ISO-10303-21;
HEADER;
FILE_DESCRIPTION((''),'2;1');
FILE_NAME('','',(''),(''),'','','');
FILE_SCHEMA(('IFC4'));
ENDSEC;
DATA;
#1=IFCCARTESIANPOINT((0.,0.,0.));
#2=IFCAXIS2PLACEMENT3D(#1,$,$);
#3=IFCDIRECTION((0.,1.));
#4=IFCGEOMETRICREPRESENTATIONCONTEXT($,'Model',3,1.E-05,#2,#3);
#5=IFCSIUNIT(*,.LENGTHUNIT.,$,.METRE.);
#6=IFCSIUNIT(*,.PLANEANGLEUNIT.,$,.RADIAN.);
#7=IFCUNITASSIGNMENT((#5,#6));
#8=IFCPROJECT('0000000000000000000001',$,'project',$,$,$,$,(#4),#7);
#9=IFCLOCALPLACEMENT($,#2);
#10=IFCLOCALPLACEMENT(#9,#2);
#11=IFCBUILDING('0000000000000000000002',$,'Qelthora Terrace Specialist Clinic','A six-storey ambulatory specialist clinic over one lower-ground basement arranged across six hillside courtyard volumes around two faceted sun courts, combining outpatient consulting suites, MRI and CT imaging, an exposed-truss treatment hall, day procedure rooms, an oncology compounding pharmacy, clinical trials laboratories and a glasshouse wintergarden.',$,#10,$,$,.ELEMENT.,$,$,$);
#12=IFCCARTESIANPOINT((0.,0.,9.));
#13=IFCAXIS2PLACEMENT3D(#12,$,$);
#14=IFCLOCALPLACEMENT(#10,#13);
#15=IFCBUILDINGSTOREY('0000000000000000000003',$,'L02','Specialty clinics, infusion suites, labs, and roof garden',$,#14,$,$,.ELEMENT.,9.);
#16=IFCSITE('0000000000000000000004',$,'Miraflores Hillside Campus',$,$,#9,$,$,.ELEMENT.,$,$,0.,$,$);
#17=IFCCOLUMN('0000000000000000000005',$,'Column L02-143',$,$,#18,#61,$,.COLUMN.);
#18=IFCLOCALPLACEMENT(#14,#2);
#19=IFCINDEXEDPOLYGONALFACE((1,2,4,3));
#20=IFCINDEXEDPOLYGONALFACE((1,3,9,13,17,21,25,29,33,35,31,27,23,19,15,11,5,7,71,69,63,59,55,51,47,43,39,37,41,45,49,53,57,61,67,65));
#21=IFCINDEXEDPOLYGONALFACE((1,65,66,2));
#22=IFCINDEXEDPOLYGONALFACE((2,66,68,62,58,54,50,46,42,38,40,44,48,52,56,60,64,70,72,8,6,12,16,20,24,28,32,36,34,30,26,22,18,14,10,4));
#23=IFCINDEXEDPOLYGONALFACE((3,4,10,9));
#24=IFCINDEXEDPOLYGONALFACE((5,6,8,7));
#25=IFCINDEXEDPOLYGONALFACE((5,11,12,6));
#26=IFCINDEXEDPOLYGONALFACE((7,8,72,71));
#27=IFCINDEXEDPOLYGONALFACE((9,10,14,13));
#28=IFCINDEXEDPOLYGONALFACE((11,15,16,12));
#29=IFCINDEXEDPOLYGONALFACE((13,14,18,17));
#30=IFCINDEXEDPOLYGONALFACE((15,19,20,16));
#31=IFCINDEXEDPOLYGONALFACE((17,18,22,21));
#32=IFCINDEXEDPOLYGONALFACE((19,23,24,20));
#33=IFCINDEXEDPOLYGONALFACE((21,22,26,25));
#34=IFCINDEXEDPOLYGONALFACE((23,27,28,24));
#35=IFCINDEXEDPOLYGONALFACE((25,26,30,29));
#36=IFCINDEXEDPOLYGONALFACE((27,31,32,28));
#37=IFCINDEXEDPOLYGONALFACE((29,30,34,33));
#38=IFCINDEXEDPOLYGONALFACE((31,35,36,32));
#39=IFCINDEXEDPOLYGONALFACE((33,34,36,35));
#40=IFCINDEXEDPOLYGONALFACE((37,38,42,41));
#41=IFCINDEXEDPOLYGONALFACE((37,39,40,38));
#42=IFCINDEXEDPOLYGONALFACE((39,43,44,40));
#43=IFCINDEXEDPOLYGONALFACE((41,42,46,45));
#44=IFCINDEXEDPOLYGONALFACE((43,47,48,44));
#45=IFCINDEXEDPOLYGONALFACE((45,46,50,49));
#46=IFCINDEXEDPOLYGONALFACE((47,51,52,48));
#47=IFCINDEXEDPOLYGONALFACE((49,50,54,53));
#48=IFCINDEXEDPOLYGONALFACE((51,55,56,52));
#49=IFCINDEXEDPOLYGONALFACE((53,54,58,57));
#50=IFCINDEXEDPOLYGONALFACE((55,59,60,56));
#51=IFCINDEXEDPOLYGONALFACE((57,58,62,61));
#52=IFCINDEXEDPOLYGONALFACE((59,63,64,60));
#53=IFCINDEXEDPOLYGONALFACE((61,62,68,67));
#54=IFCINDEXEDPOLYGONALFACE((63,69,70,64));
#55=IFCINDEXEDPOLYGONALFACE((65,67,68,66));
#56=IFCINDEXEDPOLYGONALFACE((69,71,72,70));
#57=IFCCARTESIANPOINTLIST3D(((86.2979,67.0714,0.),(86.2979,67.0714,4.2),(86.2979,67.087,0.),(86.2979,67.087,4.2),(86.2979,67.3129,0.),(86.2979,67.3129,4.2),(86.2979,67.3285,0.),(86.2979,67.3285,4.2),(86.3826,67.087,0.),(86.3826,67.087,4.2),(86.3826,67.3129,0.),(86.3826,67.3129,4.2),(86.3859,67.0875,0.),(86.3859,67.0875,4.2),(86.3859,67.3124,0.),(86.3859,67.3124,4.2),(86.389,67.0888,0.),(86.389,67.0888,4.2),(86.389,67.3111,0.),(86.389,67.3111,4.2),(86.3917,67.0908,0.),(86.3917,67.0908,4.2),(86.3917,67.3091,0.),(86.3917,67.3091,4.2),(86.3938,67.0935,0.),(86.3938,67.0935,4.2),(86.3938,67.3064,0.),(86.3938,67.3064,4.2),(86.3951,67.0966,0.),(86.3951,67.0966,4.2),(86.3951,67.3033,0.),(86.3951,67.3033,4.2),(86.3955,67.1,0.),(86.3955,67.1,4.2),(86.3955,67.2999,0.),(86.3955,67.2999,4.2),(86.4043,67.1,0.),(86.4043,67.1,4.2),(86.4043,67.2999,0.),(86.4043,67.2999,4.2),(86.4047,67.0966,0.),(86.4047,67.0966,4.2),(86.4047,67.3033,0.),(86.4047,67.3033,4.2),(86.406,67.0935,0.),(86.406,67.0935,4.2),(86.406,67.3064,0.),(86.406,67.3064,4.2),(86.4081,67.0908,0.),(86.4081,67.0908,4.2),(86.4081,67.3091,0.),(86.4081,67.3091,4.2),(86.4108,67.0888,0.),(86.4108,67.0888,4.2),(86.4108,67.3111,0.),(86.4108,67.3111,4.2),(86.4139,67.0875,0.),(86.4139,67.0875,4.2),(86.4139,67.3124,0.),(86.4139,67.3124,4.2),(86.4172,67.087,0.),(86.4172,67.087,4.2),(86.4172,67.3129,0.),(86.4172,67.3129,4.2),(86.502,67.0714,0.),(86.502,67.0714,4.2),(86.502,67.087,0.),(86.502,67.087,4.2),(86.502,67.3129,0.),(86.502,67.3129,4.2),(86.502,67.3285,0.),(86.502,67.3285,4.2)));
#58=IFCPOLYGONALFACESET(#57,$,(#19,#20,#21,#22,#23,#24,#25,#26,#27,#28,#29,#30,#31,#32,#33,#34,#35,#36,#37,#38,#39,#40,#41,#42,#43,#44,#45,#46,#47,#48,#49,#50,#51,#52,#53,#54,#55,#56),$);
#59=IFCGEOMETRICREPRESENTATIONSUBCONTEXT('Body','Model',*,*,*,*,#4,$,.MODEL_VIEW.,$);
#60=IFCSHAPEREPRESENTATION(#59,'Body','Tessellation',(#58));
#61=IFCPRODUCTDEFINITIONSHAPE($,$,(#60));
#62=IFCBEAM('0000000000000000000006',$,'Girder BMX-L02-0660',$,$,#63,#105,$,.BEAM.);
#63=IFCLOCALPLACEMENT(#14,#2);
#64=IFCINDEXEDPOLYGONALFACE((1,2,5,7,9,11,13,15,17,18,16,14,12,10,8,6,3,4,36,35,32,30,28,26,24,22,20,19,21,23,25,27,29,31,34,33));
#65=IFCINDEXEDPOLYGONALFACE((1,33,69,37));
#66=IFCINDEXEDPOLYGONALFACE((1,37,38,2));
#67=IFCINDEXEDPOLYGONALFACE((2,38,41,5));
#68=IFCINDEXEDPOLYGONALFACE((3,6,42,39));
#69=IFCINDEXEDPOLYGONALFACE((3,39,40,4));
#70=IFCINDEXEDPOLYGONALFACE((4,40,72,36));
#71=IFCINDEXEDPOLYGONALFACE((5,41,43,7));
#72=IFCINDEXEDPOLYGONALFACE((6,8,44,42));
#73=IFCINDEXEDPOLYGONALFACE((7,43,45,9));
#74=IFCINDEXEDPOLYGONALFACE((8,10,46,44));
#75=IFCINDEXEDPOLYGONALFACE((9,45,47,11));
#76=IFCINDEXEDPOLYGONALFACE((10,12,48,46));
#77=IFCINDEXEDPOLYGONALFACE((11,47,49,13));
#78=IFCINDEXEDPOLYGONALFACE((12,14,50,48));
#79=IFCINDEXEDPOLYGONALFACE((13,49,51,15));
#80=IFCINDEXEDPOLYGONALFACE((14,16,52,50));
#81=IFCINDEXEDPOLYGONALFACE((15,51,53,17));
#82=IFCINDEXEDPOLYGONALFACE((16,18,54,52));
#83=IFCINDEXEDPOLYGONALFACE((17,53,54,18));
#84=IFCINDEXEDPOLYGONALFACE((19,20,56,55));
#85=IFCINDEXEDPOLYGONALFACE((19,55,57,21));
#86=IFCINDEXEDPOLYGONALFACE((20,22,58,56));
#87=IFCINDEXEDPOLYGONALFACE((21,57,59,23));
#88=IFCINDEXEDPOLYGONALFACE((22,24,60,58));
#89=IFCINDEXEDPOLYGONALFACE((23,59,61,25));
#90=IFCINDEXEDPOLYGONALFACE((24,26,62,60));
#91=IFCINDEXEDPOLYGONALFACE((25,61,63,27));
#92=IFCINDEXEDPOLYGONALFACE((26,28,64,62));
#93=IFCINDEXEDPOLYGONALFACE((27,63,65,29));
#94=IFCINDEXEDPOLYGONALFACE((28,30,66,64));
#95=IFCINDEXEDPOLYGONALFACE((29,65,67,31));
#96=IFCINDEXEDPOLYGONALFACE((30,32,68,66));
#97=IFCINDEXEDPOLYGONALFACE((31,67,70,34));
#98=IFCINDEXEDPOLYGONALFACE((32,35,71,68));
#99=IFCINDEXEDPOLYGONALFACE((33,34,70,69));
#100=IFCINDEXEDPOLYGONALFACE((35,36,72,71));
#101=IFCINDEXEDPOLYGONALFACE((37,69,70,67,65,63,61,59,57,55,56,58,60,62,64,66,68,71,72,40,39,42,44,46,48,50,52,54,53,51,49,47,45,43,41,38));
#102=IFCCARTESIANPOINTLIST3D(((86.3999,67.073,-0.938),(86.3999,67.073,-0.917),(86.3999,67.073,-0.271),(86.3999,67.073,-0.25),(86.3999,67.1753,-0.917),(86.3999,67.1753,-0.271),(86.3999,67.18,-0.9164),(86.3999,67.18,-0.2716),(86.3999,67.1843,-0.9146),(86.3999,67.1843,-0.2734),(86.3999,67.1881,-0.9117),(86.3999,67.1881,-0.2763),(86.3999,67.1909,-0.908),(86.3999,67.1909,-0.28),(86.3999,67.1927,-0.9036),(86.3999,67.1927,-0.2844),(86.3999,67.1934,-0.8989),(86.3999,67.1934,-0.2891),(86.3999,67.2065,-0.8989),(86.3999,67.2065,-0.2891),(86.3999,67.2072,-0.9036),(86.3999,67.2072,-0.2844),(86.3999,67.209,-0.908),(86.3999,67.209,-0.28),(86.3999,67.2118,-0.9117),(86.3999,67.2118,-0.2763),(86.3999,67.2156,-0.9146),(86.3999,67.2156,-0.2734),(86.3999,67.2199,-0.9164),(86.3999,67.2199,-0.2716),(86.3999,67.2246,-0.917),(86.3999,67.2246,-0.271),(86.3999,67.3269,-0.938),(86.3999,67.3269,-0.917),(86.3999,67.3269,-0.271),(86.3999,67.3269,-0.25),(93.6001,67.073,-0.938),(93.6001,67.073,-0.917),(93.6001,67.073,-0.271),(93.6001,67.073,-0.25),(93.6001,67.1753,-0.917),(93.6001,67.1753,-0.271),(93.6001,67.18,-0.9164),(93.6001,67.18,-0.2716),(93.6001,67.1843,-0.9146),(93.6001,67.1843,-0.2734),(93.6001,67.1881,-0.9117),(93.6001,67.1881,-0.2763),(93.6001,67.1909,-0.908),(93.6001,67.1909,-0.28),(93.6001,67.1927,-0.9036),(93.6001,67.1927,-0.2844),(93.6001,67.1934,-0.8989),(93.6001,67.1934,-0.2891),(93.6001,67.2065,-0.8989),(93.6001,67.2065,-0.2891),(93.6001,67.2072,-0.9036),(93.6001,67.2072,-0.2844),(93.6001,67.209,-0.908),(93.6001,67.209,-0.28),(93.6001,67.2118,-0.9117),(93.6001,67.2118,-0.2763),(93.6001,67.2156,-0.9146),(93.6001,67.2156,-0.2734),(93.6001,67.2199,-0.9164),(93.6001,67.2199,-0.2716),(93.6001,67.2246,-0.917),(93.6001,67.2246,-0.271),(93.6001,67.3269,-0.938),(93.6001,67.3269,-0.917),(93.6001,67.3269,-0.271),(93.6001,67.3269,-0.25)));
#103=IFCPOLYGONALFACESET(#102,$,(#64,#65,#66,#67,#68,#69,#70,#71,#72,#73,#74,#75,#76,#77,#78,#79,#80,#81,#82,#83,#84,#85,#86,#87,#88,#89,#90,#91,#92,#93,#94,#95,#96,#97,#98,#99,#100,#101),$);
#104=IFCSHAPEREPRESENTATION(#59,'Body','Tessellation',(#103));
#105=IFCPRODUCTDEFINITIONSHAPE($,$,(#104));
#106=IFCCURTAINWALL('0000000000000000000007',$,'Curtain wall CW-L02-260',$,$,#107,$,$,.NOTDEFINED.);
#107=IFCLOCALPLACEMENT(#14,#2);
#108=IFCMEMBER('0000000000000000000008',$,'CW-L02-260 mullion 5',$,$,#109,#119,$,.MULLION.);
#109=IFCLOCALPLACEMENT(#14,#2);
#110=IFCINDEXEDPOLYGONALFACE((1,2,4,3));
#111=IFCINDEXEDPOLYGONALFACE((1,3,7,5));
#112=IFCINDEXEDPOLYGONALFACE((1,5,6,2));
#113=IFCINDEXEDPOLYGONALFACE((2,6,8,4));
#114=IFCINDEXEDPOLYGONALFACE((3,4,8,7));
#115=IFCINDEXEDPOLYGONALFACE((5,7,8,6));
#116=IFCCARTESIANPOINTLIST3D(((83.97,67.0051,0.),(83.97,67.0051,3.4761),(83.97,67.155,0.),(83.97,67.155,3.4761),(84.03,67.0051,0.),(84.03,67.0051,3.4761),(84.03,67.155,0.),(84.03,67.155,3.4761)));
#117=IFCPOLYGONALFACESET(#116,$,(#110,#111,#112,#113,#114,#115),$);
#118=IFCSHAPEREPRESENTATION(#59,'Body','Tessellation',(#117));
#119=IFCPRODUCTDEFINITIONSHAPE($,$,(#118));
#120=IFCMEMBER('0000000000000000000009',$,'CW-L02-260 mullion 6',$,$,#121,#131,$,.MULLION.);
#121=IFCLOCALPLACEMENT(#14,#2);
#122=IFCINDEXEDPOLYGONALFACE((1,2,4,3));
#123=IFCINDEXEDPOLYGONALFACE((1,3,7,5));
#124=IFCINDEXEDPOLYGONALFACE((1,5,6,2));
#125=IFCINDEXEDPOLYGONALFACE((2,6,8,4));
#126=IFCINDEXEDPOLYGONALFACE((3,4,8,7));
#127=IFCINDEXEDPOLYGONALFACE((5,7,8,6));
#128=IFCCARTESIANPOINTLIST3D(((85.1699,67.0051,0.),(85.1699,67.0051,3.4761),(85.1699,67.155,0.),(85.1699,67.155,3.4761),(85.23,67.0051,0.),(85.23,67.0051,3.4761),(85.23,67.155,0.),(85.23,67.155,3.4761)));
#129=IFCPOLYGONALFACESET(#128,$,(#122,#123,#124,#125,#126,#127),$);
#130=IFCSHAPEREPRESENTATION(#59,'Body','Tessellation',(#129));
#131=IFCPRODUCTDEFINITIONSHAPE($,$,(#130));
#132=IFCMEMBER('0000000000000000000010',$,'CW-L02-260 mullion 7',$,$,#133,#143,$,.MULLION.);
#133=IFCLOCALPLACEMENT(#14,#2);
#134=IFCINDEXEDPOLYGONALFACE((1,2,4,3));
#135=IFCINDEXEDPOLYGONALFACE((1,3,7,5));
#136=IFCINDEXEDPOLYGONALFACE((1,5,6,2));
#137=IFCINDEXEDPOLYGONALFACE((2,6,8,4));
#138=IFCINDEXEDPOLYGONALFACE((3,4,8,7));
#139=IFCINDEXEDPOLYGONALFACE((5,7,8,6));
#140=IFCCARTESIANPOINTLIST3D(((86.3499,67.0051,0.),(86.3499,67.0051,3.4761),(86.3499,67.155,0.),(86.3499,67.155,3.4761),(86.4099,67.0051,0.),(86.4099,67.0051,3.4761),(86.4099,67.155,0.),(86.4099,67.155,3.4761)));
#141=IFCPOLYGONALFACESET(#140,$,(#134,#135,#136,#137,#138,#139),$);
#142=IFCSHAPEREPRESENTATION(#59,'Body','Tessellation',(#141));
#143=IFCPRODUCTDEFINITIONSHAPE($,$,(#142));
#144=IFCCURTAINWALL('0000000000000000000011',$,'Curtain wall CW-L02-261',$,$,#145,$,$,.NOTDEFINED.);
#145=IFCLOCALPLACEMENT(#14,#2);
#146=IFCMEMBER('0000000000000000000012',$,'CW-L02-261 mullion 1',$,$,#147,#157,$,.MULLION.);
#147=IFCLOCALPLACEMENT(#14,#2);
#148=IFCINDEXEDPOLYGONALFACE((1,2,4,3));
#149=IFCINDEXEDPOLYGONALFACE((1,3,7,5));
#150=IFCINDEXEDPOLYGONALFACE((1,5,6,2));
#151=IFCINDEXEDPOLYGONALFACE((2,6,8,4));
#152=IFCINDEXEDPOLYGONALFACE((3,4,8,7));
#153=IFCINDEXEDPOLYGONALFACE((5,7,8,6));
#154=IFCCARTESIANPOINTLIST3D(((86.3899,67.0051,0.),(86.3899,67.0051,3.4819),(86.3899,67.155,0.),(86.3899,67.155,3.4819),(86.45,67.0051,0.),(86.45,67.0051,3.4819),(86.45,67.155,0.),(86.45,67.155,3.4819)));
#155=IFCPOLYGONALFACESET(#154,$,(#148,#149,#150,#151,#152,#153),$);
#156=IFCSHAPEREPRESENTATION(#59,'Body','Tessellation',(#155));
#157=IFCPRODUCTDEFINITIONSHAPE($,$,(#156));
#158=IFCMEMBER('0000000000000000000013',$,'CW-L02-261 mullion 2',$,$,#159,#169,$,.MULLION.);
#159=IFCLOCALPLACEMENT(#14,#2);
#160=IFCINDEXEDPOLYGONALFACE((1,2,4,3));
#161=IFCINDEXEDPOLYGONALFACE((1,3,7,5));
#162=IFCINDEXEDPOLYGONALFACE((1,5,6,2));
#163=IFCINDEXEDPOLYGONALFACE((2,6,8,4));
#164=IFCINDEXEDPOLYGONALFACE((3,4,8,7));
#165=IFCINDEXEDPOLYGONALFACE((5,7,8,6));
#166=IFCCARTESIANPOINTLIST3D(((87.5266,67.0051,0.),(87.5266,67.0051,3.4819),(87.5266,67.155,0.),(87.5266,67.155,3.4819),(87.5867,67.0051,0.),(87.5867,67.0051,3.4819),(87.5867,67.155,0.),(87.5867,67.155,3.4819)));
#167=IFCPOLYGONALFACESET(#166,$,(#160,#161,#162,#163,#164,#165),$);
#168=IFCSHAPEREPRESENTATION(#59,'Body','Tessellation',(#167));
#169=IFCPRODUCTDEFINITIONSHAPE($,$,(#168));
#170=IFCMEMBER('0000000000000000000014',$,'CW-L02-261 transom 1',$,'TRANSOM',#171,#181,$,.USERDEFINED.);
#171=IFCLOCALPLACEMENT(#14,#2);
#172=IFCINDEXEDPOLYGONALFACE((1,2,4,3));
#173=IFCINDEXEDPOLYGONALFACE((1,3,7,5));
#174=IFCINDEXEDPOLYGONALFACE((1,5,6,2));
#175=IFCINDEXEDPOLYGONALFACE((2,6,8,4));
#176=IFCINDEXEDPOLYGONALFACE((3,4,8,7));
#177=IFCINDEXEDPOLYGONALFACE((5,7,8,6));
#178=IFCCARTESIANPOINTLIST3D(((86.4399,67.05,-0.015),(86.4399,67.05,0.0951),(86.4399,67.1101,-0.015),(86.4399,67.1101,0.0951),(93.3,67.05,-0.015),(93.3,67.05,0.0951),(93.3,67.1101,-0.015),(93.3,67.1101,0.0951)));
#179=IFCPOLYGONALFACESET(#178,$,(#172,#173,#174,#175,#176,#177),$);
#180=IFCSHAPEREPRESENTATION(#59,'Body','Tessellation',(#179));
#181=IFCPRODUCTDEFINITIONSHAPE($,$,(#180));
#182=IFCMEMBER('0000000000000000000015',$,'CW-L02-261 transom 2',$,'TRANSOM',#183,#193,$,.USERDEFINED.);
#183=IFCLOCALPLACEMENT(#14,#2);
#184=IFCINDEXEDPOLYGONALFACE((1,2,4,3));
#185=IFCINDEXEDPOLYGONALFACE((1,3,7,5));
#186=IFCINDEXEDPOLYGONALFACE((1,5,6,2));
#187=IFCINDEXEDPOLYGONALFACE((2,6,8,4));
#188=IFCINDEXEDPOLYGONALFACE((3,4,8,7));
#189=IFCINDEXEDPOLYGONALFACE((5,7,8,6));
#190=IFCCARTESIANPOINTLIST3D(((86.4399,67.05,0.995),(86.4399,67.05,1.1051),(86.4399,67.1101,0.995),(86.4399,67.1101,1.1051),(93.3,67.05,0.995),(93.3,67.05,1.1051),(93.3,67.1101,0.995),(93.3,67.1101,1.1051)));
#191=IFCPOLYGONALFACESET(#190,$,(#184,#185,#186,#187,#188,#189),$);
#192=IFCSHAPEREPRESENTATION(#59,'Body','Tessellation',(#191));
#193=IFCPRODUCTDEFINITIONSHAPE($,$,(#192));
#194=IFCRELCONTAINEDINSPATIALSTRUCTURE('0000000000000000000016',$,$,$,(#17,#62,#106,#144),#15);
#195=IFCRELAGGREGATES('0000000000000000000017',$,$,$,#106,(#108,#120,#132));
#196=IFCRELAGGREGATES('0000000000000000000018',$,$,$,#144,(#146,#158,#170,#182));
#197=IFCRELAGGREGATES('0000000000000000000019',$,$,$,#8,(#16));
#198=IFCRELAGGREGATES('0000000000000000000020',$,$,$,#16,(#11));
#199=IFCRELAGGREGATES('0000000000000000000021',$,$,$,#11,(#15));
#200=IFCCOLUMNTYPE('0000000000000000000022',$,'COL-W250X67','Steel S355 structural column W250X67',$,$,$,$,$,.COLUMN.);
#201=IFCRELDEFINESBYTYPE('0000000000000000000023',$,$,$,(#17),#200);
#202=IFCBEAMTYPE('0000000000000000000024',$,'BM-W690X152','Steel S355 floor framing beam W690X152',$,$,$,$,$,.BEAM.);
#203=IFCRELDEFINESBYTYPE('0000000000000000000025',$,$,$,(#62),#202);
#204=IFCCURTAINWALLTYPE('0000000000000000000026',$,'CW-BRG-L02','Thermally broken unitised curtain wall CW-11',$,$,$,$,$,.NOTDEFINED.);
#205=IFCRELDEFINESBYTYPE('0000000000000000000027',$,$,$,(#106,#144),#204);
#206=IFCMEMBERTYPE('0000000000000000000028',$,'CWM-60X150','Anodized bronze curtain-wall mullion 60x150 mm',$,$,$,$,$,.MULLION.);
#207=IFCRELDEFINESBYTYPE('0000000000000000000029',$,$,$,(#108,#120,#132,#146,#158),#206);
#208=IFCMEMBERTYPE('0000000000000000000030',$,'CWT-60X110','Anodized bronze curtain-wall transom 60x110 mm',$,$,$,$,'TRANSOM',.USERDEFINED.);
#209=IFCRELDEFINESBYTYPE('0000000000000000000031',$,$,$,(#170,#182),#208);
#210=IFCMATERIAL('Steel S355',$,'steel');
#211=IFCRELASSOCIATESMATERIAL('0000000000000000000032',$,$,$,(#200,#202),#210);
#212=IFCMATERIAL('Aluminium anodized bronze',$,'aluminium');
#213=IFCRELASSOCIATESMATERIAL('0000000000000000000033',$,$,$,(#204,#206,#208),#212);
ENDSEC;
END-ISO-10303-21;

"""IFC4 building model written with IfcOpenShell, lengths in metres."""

from ifc_helpers import new_model, si_unit, direction, frame, origin, origin_2d, place, context, subcontext, project, spatial, rectangle, i_section, extrude, material, material_profile, profile_set, type_object, element, aggregate, save


model = new_model("IFC4")

# Units and contexts
model_context = context("Model", 3, precision=1e-05, world=origin(), true_north=direction((0.0, 1.0)))
body_context = subcontext(model_context, "Body", "Model", "MODEL_VIEW")
ifc_project = project(units=[si_unit("LENGTHUNIT", "METRE"), si_unit("PLANEANGLEUNIT", "RADIAN")], contexts=[model_context])

# Site, building, storey
site_placement = place(None, origin())
site = spatial("IfcSite", under=ifc_project, at=site_placement, Name="Miraflores Hillside Campus", CompositionType="ELEMENT", RefElevation=0.0)
building_placement = place(site_placement, origin())
building = spatial("IfcBuilding", under=site, at=building_placement, Name="Qelthora Terrace Specialist Clinic", Description="A six-storey ambulatory specialist clinic over one lower-ground basement arranged across six hillside courtyard volumes around two faceted sun courts, combining outpatient consulting suites, MRI and CT imaging, an exposed-truss treatment hall, day procedure rooms, an oncology compounding pharmacy, clinical trials laboratories and a glasshouse wintergarden.", CompositionType="ELEMENT")
storey_placement = place(building_placement, frame((0.0, 0.0, 9.0)))
storey = spatial("IfcBuildingStorey", under=building, at=storey_placement, Name="L02", Description="Specialty clinics, infusion suites, labs, and roof garden", CompositionType="ELEMENT", Elevation=9.0)

# Column
ifc_material_1 = material(Name="Steel S355", Category="steel")
ifc_material_profile_1 = material_profile(ifc_material_1, i_section(OverallWidth=0.2041, OverallDepth=0.2571, WebThickness=0.0088, FlangeThickness=0.0156, FilletRadius=0.0129, at=origin_2d()), Name="W250X67")
ifc_profile_set_1 = profile_set([ifc_material_profile_1], Name="Steel S355")
column_type = type_object("IfcColumnType", Name="COL-W250X67", Description="Steel S355 structural column W250X67", PredefinedType="COLUMN", material=ifc_profile_set_1)
column_placement = place(storey_placement, frame((86.3999, 67.2, 0.0), z_axis=(0.0, 0.0, 1.0), x_axis=(1.0, 0.0, 0.0)))
element("IfcColumn", 1, at=column_placement, inside=storey, type_object=column_type, Name="Column L02-143", PredefinedType="COLUMN", context=body_context, shape_type="SweptSolid", body=[
    extrude(i_section(OverallWidth=0.2041, OverallDepth=0.2571, WebThickness=0.0088, FlangeThickness=0.0156, FilletRadius=0.0129, at=origin_2d()), origin(), (0.0, 0.0, 1.0), 4.2),
])

# Beam
ifc_material_profile_2 = material_profile(ifc_material_1, i_section(OverallWidth=0.2539, OverallDepth=0.688, WebThickness=0.0132, FlangeThickness=0.021, FilletRadius=0.0181, at=origin_2d()), Name="W690X152")
ifc_profile_set_2 = profile_set([ifc_material_profile_2], Name="Steel S355")
beam_type = type_object("IfcBeamType", Name="BM-W690X152", Description="Steel S355 floor framing beam W690X152", PredefinedType="BEAM", material=ifc_profile_set_2)
beam_placement = place(storey_placement, frame((86.3999, 67.2, -0.594), z_axis=(1.0, 0.0, 0.0), x_axis=(0.0, 1.0, 0.0)))
element("IfcBeam", 2, at=beam_placement, inside=storey, type_object=beam_type, Name="Girder BMX-L02-0660", PredefinedType="BEAM", context=body_context, shape_type="SweptSolid", body=[
    extrude(i_section(OverallWidth=0.2539, OverallDepth=0.688, WebThickness=0.0132, FlangeThickness=0.021, FilletRadius=0.0181, at=origin_2d()), origin(), (0.0, 0.0, 1.0), 7.2002),
])

# Curtain walls, members
ifc_material_2 = material(Name="Aluminium anodized bronze", Category="aluminium")
curtain_wall_type = type_object("IfcCurtainWallType", Name="CW-BRG-L02", Description="Thermally broken unitised curtain wall CW-11", PredefinedType="NOTDEFINED", material=ifc_material_2)
curtain_wall_1_placement = place(storey_placement, origin())
curtain_wall_1 = element("IfcCurtainWall", 3, at=curtain_wall_1_placement, inside=storey, type_object=curtain_wall_type, Name="Curtain wall CW-L02-260", PredefinedType="NOTDEFINED")
ifc_material_profile_3 = material_profile(ifc_material_2, rectangle(XDim=0.0601, YDim=0.1499, at=origin_2d()), Name="CWM60X150")
ifc_profile_set_3 = profile_set([ifc_material_profile_3], Name="Aluminium anodized bronze")
member_type_1 = type_object("IfcMemberType", Name="CWM-60X150", Description="Anodized bronze curtain-wall mullion 60x150 mm", PredefinedType="MULLION", material=ifc_profile_set_3)
member_1_placement = place(storey_placement, frame((84.0, 67.0801, 0.0), z_axis=(0.0, 0.0, 1.0), x_axis=(1.0, 0.0, 0.0)))
member_1 = element("IfcMember", 4, at=member_1_placement, type_object=member_type_1, Name="CW-L02-260 mullion 5", PredefinedType="MULLION", context=body_context, shape_type="SweptSolid", body=[
    extrude(rectangle(XDim=0.0601, YDim=0.1499, at=origin_2d()), origin(), (0.0, 0.0, 1.0), 3.4761),
])
member_2_placement = place(storey_placement, frame((85.2, 67.0801, 0.0), z_axis=(0.0, 0.0, 1.0), x_axis=(1.0, 0.0, 0.0)))
member_2 = element("IfcMember", 5, at=member_2_placement, type_object=member_type_1, Name="CW-L02-260 mullion 6", PredefinedType="MULLION", context=body_context, shape_type="SweptSolid", body=[
    extrude(rectangle(XDim=0.0601, YDim=0.1499, at=origin_2d()), origin(), (0.0, 0.0, 1.0), 3.4761),
])
member_3_placement = place(storey_placement, frame((86.3799, 67.0801, 0.0), z_axis=(0.0, 0.0, 1.0), x_axis=(1.0, 0.0, 0.0)))
member_3 = element("IfcMember", 6, at=member_3_placement, type_object=member_type_1, Name="CW-L02-260 mullion 7", PredefinedType="MULLION", context=body_context, shape_type="SweptSolid", body=[
    extrude(rectangle(XDim=0.0601, YDim=0.1499, at=origin_2d()), origin(), (0.0, 0.0, 1.0), 3.4761),
])
curtain_wall_2_placement = place(storey_placement, origin())
curtain_wall_2 = element("IfcCurtainWall", 7, at=curtain_wall_2_placement, inside=storey, type_object=curtain_wall_type, Name="Curtain wall CW-L02-261", PredefinedType="NOTDEFINED")
member_4_placement = place(storey_placement, frame((86.4199, 67.0801, 0.0), z_axis=(0.0, 0.0, 1.0), x_axis=(1.0, 0.0, 0.0)))
member_4 = element("IfcMember", 8, at=member_4_placement, type_object=member_type_1, Name="CW-L02-261 mullion 1", PredefinedType="MULLION", context=body_context, shape_type="SweptSolid", body=[
    extrude(rectangle(XDim=0.0601, YDim=0.1499, at=origin_2d()), origin(), (0.0, 0.0, 1.0), 3.4819),
])
member_5_placement = place(storey_placement, frame((87.5566, 67.0801, 0.0), z_axis=(0.0, 0.0, 1.0), x_axis=(1.0, 0.0, 0.0)))
member_5 = element("IfcMember", 9, at=member_5_placement, type_object=member_type_1, Name="CW-L02-261 mullion 2", PredefinedType="MULLION", context=body_context, shape_type="SweptSolid", body=[
    extrude(rectangle(XDim=0.0601, YDim=0.1499, at=origin_2d()), origin(), (0.0, 0.0, 1.0), 3.4819),
])
ifc_material_profile_4 = material_profile(ifc_material_2, rectangle(XDim=0.0601, YDim=0.1101, at=origin_2d()), Name="CWT60X110")
ifc_profile_set_4 = profile_set([ifc_material_profile_4], Name="Aluminium anodized bronze")
member_type_2 = type_object("IfcMemberType", Name="CWT-60X110", Description="Anodized bronze curtain-wall transom 60x110 mm", ElementType="TRANSOM", PredefinedType="USERDEFINED", material=ifc_profile_set_4)
member_6_placement = place(storey_placement, frame((86.4399, 67.0801, 0.04), z_axis=(1.0, 0.0, 0.0), x_axis=(0.0, 1.0, 0.0)))
member_6 = element("IfcMember", 10, at=member_6_placement, type_object=member_type_2, Name="CW-L02-261 transom 1", ObjectType="TRANSOM", PredefinedType="USERDEFINED", context=body_context, shape_type="SweptSolid", body=[
    extrude(rectangle(XDim=0.0601, YDim=0.1101, at=origin_2d()), origin(), (0.0, 0.0, 1.0), 6.8601),
])
member_7_placement = place(storey_placement, frame((86.4399, 67.0801, 1.05), z_axis=(1.0, 0.0, 0.0), x_axis=(0.0, 1.0, 0.0)))
member_7 = element("IfcMember", 11, at=member_7_placement, type_object=member_type_2, Name="CW-L02-261 transom 2", ObjectType="TRANSOM", PredefinedType="USERDEFINED", context=body_context, shape_type="SweptSolid", body=[
    extrude(rectangle(XDim=0.0601, YDim=0.1101, at=origin_2d()), origin(), (0.0, 0.0, 1.0), 6.8601),
])

aggregate(curtain_wall_1, [member_1, member_2, member_3])
aggregate(curtain_wall_2, [member_4, member_5, member_6, member_7])

save(model, "model.ifc")
